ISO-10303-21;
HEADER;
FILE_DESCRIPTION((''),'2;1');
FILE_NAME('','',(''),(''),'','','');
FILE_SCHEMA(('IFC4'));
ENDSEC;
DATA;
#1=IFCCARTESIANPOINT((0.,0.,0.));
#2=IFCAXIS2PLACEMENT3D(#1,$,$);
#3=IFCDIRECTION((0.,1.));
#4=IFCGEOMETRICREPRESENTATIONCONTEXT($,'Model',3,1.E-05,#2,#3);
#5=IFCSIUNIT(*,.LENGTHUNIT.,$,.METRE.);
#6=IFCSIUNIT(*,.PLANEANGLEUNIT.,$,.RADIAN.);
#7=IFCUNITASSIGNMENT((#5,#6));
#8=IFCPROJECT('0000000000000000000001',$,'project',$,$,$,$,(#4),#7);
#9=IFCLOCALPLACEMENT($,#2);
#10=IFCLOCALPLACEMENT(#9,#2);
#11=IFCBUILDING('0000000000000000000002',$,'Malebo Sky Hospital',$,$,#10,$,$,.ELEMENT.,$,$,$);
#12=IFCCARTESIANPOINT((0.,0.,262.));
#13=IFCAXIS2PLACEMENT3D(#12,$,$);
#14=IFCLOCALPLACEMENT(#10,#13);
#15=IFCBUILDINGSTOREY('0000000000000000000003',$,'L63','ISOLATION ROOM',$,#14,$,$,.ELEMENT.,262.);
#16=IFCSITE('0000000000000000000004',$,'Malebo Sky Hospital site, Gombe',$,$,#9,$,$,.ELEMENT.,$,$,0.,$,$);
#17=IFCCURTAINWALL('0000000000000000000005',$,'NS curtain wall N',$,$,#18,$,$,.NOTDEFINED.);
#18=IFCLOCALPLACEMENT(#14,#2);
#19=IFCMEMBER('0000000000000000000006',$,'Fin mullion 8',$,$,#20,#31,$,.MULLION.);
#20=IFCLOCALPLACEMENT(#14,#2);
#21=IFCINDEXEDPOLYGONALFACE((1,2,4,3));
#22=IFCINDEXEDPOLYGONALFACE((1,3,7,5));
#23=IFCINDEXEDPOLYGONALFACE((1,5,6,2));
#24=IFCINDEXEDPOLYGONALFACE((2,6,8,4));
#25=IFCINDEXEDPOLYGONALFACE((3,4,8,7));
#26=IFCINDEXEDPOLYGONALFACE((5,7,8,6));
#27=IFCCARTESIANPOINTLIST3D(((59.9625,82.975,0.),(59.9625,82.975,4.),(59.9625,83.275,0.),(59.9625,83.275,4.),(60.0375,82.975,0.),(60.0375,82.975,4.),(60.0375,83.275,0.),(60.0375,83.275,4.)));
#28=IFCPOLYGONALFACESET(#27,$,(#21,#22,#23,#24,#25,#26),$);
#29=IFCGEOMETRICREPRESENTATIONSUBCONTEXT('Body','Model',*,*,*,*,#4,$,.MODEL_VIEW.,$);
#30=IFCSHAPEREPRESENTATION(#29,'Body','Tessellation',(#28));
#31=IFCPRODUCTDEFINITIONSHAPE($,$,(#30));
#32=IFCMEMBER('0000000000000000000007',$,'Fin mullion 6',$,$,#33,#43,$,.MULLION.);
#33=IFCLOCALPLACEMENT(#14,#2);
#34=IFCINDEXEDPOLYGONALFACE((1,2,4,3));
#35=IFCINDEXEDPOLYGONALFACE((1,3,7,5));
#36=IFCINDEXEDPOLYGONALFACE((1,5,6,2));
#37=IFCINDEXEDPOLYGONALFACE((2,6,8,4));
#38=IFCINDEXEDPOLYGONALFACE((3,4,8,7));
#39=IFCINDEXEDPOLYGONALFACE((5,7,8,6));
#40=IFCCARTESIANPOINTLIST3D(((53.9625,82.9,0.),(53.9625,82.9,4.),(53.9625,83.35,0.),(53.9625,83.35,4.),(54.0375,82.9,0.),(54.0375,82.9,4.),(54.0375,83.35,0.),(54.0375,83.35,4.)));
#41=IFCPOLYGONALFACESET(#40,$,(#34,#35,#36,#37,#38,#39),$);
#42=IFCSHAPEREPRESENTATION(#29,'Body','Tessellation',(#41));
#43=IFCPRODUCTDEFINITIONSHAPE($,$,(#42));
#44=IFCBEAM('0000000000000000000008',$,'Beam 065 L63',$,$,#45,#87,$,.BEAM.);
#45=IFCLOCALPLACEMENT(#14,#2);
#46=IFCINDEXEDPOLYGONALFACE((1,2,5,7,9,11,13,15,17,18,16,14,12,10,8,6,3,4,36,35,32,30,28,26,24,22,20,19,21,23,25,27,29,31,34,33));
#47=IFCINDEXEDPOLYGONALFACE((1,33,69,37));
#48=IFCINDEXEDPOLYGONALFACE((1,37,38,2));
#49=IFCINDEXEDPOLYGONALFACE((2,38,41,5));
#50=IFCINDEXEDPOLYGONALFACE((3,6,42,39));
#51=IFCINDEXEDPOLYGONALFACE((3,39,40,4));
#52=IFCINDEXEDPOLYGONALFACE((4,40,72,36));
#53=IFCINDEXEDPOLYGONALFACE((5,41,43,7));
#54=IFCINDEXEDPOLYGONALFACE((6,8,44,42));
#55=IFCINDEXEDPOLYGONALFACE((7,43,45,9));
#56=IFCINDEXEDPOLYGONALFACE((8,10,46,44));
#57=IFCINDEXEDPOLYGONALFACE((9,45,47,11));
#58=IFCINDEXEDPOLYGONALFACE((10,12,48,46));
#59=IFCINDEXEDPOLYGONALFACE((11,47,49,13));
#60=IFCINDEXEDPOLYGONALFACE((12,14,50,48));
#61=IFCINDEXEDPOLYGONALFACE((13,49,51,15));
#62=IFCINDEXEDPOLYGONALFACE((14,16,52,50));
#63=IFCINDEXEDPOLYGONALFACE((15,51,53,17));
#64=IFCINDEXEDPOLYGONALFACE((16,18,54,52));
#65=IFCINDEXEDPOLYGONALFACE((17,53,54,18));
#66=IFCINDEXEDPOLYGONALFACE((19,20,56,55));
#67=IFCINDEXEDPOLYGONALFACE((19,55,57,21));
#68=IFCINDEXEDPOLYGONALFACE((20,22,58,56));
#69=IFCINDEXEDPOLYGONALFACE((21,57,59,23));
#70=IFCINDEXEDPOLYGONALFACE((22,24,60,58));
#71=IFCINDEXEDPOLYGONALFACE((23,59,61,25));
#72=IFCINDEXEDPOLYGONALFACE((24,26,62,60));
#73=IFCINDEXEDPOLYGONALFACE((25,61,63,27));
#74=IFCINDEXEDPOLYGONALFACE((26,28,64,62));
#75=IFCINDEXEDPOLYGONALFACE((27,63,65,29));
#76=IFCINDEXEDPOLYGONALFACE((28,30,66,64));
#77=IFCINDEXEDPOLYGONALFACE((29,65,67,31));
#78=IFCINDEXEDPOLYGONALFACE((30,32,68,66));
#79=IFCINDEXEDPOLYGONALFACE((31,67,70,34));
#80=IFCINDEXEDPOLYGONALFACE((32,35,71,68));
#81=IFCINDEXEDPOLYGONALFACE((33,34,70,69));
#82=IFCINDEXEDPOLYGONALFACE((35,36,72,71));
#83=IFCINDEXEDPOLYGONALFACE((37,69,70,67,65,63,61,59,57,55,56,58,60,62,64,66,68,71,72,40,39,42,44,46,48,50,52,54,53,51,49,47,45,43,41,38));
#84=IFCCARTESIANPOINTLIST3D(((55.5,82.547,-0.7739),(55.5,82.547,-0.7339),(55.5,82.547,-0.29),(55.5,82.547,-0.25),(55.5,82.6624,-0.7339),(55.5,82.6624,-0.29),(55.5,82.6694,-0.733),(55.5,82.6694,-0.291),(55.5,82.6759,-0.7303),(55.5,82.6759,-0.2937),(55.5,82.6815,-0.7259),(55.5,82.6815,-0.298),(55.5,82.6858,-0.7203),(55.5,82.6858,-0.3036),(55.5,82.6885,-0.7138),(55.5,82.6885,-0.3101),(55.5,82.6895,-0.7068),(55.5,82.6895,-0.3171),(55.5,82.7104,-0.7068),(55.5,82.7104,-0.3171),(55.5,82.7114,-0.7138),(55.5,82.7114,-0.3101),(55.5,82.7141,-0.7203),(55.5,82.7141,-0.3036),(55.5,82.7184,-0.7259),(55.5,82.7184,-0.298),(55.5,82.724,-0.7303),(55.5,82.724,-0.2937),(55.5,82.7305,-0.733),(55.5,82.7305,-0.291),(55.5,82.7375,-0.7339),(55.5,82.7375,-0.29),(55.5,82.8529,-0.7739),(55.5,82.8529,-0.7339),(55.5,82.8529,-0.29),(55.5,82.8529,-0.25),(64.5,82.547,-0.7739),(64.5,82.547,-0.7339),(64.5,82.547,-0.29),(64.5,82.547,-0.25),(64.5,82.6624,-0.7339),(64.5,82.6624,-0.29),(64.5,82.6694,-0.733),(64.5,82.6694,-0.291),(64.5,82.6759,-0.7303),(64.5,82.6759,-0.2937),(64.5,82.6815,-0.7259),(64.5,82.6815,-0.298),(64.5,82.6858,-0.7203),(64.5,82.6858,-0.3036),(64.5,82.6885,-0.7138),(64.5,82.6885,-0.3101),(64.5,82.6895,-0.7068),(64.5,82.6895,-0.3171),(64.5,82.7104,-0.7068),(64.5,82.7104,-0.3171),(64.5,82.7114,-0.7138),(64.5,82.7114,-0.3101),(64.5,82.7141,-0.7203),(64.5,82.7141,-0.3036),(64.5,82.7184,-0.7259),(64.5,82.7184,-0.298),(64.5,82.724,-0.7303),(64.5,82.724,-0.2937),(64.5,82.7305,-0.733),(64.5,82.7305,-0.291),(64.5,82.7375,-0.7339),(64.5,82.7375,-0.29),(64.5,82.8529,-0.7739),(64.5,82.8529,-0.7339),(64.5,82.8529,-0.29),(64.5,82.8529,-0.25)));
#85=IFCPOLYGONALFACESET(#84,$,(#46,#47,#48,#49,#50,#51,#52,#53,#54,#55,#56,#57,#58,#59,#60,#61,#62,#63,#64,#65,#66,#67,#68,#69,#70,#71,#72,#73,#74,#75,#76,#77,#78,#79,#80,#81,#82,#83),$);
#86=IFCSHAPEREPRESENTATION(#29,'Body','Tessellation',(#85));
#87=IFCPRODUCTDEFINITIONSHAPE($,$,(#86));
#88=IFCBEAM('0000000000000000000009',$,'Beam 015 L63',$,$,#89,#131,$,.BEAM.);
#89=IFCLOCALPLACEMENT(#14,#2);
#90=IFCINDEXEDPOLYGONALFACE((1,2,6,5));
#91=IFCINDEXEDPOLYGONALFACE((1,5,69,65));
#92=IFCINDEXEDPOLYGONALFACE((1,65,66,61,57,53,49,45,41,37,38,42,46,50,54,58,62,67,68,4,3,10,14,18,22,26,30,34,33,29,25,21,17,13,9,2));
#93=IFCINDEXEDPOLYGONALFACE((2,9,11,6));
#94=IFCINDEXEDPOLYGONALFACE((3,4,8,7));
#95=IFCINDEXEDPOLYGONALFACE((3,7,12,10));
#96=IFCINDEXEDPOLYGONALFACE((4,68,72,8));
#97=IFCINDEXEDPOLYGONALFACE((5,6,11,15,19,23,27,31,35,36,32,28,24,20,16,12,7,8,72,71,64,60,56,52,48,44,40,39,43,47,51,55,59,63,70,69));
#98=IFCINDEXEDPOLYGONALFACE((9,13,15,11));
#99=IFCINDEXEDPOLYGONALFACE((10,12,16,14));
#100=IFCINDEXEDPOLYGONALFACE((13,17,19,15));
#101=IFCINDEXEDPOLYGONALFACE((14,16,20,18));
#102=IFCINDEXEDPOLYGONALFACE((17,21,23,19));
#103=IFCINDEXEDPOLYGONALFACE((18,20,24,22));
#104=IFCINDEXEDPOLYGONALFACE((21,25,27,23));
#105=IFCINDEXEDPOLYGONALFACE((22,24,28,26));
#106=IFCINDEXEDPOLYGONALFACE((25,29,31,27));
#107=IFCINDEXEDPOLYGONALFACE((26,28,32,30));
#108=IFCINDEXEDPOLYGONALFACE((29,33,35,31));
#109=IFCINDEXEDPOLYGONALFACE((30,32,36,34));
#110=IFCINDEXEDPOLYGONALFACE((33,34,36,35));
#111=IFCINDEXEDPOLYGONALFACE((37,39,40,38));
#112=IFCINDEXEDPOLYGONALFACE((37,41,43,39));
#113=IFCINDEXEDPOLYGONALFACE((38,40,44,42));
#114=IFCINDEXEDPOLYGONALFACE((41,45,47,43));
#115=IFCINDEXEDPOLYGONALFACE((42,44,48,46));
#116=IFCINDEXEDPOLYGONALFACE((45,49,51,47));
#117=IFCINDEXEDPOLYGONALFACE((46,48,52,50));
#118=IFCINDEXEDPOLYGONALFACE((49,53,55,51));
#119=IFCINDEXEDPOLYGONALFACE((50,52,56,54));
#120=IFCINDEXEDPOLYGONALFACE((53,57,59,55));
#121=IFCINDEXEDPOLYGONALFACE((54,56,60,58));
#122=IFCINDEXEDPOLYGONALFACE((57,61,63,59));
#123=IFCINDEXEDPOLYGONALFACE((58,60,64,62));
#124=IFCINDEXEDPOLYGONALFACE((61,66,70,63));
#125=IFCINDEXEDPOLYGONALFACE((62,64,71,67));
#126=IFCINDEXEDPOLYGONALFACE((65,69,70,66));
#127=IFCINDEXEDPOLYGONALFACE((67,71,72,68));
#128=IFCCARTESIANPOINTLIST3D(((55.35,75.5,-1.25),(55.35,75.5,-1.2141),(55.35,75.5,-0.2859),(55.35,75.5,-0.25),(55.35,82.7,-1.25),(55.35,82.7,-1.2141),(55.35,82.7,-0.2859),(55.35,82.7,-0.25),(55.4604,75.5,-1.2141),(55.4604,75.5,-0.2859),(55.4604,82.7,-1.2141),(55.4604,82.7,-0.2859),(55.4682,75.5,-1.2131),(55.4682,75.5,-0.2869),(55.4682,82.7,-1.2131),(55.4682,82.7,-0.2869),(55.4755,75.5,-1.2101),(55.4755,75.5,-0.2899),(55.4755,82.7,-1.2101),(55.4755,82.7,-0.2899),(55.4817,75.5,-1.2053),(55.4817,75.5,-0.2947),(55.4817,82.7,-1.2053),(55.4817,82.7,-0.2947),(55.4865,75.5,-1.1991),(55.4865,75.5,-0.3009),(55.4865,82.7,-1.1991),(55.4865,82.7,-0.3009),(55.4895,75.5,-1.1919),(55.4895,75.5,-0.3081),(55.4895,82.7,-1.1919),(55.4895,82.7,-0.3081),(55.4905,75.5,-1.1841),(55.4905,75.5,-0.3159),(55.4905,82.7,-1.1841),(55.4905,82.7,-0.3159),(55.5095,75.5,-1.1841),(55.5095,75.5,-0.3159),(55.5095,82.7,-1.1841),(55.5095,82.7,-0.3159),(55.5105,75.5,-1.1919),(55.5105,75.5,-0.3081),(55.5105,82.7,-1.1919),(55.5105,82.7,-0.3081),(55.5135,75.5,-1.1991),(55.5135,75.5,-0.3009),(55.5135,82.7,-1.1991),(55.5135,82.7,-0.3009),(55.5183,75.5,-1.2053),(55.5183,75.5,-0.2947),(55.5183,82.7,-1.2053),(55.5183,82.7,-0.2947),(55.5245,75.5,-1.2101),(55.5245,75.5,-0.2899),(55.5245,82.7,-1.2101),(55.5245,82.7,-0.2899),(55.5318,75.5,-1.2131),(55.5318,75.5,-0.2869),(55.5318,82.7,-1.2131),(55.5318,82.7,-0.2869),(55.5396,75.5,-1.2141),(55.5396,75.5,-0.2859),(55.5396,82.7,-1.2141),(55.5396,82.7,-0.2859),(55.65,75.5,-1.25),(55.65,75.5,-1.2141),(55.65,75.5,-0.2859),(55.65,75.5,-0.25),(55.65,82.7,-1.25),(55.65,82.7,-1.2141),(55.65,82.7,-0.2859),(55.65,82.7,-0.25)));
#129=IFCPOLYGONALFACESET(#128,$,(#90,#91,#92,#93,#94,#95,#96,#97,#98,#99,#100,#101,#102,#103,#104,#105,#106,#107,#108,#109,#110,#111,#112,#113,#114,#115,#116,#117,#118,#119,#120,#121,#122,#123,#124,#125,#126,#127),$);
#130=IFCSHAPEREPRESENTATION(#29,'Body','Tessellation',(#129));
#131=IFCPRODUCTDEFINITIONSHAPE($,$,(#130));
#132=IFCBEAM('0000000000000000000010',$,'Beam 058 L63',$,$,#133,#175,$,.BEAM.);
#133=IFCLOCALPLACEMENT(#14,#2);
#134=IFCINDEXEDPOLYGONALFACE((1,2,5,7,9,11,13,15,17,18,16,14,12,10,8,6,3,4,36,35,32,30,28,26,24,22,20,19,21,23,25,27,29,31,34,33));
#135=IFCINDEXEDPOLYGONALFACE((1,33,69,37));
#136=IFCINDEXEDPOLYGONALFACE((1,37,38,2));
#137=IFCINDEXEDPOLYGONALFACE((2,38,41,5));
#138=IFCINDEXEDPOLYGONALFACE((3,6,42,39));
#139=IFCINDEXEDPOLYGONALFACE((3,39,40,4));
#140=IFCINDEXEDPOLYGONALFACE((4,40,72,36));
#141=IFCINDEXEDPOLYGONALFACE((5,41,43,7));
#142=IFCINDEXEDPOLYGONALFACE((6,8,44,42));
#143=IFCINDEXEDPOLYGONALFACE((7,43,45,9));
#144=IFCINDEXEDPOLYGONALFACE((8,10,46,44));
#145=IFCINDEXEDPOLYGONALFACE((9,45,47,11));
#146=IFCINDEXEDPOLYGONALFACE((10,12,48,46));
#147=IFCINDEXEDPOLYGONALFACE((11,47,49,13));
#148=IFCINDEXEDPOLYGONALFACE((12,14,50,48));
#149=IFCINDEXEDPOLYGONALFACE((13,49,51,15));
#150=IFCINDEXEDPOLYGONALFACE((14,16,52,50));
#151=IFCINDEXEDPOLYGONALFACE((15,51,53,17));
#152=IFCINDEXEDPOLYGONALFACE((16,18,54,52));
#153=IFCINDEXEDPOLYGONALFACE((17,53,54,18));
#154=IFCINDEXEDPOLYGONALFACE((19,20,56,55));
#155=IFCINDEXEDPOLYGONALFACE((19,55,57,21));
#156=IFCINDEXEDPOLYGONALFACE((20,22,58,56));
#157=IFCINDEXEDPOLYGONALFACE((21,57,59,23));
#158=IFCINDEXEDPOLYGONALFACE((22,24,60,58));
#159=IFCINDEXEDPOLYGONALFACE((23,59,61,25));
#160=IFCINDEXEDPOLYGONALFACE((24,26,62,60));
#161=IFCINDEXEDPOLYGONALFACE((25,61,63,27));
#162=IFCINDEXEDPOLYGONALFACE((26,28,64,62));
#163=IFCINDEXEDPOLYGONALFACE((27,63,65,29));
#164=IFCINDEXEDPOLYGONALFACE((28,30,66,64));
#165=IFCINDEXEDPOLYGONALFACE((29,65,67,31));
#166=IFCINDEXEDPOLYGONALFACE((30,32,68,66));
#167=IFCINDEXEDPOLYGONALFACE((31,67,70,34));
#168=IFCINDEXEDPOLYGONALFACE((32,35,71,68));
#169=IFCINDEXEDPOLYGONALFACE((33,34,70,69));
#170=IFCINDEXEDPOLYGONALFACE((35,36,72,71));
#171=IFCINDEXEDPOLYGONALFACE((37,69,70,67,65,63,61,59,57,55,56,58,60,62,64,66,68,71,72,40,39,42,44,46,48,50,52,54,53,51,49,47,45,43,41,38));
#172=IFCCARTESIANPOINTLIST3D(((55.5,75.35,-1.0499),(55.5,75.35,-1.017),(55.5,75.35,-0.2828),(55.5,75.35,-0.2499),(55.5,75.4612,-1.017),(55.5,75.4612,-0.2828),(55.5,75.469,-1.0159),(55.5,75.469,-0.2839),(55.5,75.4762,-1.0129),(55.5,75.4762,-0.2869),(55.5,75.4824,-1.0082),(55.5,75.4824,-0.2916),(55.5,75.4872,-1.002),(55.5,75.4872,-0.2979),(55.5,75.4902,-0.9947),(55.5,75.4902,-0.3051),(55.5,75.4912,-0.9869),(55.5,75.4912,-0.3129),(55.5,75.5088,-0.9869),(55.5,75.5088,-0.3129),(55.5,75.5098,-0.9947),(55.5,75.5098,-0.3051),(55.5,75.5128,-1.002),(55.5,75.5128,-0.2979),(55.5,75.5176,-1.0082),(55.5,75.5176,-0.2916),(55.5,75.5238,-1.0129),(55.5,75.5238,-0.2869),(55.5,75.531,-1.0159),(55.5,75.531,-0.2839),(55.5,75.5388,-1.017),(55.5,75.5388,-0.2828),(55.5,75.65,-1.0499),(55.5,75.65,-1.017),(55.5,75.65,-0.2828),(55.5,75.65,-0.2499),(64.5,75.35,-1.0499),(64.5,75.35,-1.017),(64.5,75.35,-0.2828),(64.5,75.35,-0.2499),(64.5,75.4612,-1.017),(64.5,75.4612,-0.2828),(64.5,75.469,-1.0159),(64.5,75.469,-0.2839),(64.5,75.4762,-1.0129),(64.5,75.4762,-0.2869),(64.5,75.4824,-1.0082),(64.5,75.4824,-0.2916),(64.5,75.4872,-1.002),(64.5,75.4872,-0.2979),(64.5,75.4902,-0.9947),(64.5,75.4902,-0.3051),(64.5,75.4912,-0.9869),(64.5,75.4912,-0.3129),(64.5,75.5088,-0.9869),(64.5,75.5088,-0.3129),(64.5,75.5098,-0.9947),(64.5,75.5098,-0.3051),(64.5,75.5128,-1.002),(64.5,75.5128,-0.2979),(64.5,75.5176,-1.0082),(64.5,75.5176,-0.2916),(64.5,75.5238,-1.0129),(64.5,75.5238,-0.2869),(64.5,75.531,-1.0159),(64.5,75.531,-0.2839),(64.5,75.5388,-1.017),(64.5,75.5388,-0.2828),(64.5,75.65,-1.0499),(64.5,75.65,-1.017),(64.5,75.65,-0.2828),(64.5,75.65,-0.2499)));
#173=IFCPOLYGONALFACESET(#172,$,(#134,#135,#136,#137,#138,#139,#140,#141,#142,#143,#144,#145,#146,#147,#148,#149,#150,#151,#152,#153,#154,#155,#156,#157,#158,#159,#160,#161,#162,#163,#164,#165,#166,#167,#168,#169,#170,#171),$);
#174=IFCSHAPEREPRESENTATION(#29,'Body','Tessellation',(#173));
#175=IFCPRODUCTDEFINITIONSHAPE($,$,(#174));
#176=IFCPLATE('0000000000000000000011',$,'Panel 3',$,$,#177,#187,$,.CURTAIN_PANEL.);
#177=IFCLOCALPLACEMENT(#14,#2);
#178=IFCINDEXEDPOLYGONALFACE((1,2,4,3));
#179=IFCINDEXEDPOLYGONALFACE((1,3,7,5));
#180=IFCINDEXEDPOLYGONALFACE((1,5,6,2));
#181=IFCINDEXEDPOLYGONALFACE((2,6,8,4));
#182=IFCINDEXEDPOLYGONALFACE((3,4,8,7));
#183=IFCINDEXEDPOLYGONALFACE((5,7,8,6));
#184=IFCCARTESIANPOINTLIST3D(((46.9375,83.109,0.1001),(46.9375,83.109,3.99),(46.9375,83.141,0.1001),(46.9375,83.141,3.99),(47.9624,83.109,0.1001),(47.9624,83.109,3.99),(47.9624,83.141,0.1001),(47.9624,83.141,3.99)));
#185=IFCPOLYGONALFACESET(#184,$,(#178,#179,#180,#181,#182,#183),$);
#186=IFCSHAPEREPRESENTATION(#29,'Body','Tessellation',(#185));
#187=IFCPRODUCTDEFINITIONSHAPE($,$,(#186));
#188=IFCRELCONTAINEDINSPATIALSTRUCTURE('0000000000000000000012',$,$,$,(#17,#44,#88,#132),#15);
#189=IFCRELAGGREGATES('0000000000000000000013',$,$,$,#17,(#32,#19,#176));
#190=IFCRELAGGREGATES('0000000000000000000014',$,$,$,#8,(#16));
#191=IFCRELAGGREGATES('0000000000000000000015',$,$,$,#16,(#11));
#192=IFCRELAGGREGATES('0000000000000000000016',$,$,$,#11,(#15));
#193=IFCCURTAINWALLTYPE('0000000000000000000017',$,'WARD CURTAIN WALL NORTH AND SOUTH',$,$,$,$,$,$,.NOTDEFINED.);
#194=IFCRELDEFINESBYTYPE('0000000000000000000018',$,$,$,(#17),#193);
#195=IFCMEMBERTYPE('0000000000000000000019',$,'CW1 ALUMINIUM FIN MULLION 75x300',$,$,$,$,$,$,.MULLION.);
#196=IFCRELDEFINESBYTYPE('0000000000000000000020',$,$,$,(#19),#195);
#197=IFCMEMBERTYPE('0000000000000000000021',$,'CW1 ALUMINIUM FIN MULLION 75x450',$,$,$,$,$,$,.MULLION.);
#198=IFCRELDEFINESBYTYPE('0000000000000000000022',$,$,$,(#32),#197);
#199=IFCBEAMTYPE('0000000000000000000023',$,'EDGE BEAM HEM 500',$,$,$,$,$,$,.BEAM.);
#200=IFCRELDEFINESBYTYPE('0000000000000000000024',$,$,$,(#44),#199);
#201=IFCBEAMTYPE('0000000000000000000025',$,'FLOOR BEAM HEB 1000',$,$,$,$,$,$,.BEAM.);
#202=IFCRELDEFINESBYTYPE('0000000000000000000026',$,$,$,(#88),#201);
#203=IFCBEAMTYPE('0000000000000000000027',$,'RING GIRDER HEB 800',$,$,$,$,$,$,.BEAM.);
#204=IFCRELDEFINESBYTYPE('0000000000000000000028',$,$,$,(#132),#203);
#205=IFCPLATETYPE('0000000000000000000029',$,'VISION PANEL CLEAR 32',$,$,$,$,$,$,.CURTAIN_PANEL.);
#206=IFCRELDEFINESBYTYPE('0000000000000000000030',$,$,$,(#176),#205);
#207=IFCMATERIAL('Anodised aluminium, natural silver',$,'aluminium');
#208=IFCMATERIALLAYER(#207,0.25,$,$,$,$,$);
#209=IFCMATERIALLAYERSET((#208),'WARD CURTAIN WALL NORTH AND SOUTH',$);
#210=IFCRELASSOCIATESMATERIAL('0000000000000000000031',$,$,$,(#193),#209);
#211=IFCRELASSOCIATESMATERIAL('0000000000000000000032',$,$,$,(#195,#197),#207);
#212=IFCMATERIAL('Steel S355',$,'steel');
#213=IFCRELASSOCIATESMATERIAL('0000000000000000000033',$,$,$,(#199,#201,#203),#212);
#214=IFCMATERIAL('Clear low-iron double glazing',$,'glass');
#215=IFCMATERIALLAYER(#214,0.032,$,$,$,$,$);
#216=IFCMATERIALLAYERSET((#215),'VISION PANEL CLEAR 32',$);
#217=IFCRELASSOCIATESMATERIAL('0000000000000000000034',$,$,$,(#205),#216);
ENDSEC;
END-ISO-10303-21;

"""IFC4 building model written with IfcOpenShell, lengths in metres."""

from ifc_helpers import new_model, si_unit, direction, frame, origin, origin_2d, place, context, subcontext, project, spatial, rectangle, i_section, extrude, material, layer, layer_set, material_profile, profile_set, type_object, element, aggregate, save


model = new_model("IFC4")

# Units and contexts
model_context = context("Model", 3, precision=1e-05, world=origin(), true_north=direction((0.0, 1.0)))
body_context = subcontext(model_context, "Body", "Model", "MODEL_VIEW")
ifc_project = project(units=[si_unit("LENGTHUNIT", "METRE"), si_unit("PLANEANGLEUNIT", "RADIAN")], contexts=[model_context])

# Site, building, storey
site_placement = place(None, origin())
site = spatial("IfcSite", under=ifc_project, at=site_placement, Name="Malebo Sky Hospital site, Gombe", CompositionType="ELEMENT", RefElevation=0.0)
building_placement = place(site_placement, origin())
building = spatial("IfcBuilding", under=site, at=building_placement, Name="Malebo Sky Hospital", CompositionType="ELEMENT")
storey_placement = place(building_placement, frame((0.0, 0.0, 262.0)))
storey = spatial("IfcBuildingStorey", under=building, at=storey_placement, Name="L63", Description="ISOLATION ROOM", CompositionType="ELEMENT", Elevation=262.0)

# Curtain wall
ifc_material_1 = material(Name="Anodised aluminium, natural silver", Category="aluminium")
ifc_layer_1 = layer(ifc_material_1, 0.25)
ifc_layer_set_1 = layer_set([ifc_layer_1], Name="WARD CURTAIN WALL NORTH AND SOUTH")
curtain_wall_type = type_object("IfcCurtainWallType", Name="WARD CURTAIN WALL NORTH AND SOUTH", PredefinedType="NOTDEFINED", material=ifc_layer_set_1)
curtain_wall_placement = place(storey_placement, origin())
curtain_wall = element("IfcCurtainWall", 1, at=curtain_wall_placement, inside=storey, type_object=curtain_wall_type, Name="NS curtain wall N", PredefinedType="NOTDEFINED")

# Members
ifc_material_2 = material(Name="Steel S355", Category="steel")
ifc_material_profile_1 = material_profile(ifc_material_1, rectangle(XDim=0.075, YDim=0.3, at=origin_2d()), Name="CW1 ALUMINIUM FIN MULLION 75x300")
ifc_profile_set_1 = profile_set([ifc_material_profile_1], Name="Anodised aluminium, natural silver")
member_type_1 = type_object("IfcMemberType", Name="CW1 ALUMINIUM FIN MULLION 75x300", PredefinedType="MULLION", material=ifc_profile_set_1)
member_1_placement = place(storey_placement, frame((60.0, 83.125, 0.0), z_axis=(0.0, 0.0, 1.0), x_axis=(1.0, 0.0, 0.0)))
member_1 = element("IfcMember", 2, at=member_1_placement, type_object=member_type_1, Name="Fin mullion 8", PredefinedType="MULLION", context=body_context, shape_type="SweptSolid", body=[
    extrude(rectangle(XDim=0.075, YDim=0.3, at=origin_2d()), origin(), (0.0, 0.0, 1.0), 4.0),
])
ifc_material_profile_2 = material_profile(ifc_material_1, rectangle(XDim=0.075, YDim=0.45, at=origin_2d()), Name="CW1 ALUMINIUM FIN MULLION 75x450")
ifc_profile_set_2 = profile_set([ifc_material_profile_2], Name="Anodised aluminium, natural silver")
member_type_2 = type_object("IfcMemberType", Name="CW1 ALUMINIUM FIN MULLION 75x450", PredefinedType="MULLION", material=ifc_profile_set_2)
member_2_placement = place(storey_placement, frame((54.0, 83.125, 0.0), z_axis=(0.0, 0.0, 1.0), x_axis=(1.0, 0.0, 0.0)))
member_2 = element("IfcMember", 3, at=member_2_placement, type_object=member_type_2, Name="Fin mullion 6", PredefinedType="MULLION", context=body_context, shape_type="SweptSolid", body=[
    extrude(rectangle(XDim=0.075, YDim=0.45, at=origin_2d()), origin(), (0.0, 0.0, 1.0), 4.0),
])

# Beams
ifc_material_profile_3 = material_profile(ifc_material_2, i_section(OverallWidth=0.3059, OverallDepth=0.5239, WebThickness=0.021, FlangeThickness=0.04, FilletRadius=0.0271, at=origin_2d()), Name="HEM 500")
ifc_profile_set_3 = profile_set([ifc_material_profile_3], Name="Steel S355")
beam_type_1 = type_object("IfcBeamType", Name="EDGE BEAM HEM 500", PredefinedType="BEAM", material=ifc_profile_set_3)
beam_1_placement = place(storey_placement, frame((55.5, 82.7, -0.512), z_axis=(1.0, 0.0, 0.0), x_axis=(0.0, 1.0, 0.0)))
element("IfcBeam", 4, at=beam_1_placement, inside=storey, type_object=beam_type_1, Name="Beam 065 L63", PredefinedType="BEAM", context=body_context, shape_type="SweptSolid", body=[
    extrude(i_section(OverallWidth=0.3059, OverallDepth=0.5239, WebThickness=0.021, FlangeThickness=0.04, FilletRadius=0.0271, at=origin_2d()), origin(), (0.0, 0.0, 1.0), 9.0),
])
ifc_material_profile_4 = material_profile(ifc_material_2, i_section(OverallWidth=0.3, OverallDepth=1.0, WebThickness=0.019, FlangeThickness=0.0359, FilletRadius=0.03, at=origin_2d()), Name="HEB 1000")
ifc_profile_set_4 = profile_set([ifc_material_profile_4], Name="Steel S355")
beam_type_2 = type_object("IfcBeamType", Name="FLOOR BEAM HEB 1000", PredefinedType="BEAM", material=ifc_profile_set_4)
beam_2_placement = place(storey_placement, frame((55.5, 75.5, -0.75), z_axis=(0.0, 1.0, 0.0), x_axis=(-1.0, 0.0, 0.0)))
element("IfcBeam", 5, at=beam_2_placement, inside=storey, type_object=beam_type_2, Name="Beam 015 L63", PredefinedType="BEAM", context=body_context, shape_type="SweptSolid", body=[
    extrude(i_section(OverallWidth=0.3, OverallDepth=1.0, WebThickness=0.019, FlangeThickness=0.0359, FilletRadius=0.03, at=origin_2d()), origin(), (0.0, 0.0, 1.0), 7.2),
])
ifc_material_profile_5 = material_profile(ifc_material_2, i_section(OverallWidth=0.3, OverallDepth=0.8, WebThickness=0.0176, FlangeThickness=0.033, FilletRadius=0.03, at=origin_2d()), Name="HEB 800")
ifc_profile_set_5 = profile_set([ifc_material_profile_5], Name="Steel S355")
beam_type_3 = type_object("IfcBeamType", Name="RING GIRDER HEB 800", PredefinedType="BEAM", material=ifc_profile_set_5)
beam_3_placement = place(storey_placement, frame((55.5, 75.5, -0.6499), z_axis=(1.0, 0.0, 0.0), x_axis=(0.0, 1.0, 0.0)))
element("IfcBeam", 6, at=beam_3_placement, inside=storey, type_object=beam_type_3, Name="Beam 058 L63", PredefinedType="BEAM", context=body_context, shape_type="SweptSolid", body=[
    extrude(i_section(OverallWidth=0.3, OverallDepth=0.8, WebThickness=0.0176, FlangeThickness=0.033, FilletRadius=0.03, at=origin_2d()), origin(), (0.0, 0.0, 1.0), 9.0),
])

# Plate
ifc_material_3 = material(Name="Clear low-iron double glazing", Category="glass")
ifc_layer_2 = layer(ifc_material_3, 0.032)
ifc_layer_set_2 = layer_set([ifc_layer_2], Name="VISION PANEL CLEAR 32")
plate_type = type_object("IfcPlateType", Name="VISION PANEL CLEAR 32", PredefinedType="CURTAIN_PANEL", material=ifc_layer_set_2)
plate_1_placement = place(storey_placement, frame((47.45, 83.125, 0.1001), z_axis=(0.0, 0.0, 1.0), x_axis=(1.0, 0.0, 0.0)))
plate_1 = element("IfcPlate", 7, at=plate_1_placement, type_object=plate_type, Name="Panel 3", PredefinedType="CURTAIN_PANEL", context=body_context, shape_type="SweptSolid", body=[
    extrude(rectangle(XDim=1.0249, YDim=0.032, at=origin_2d()), origin(), (0.0, 0.0, 1.0), 3.8899),
])
aggregate(curtain_wall, [member_2, member_1, plate_1])

save(model, "model.ifc")
